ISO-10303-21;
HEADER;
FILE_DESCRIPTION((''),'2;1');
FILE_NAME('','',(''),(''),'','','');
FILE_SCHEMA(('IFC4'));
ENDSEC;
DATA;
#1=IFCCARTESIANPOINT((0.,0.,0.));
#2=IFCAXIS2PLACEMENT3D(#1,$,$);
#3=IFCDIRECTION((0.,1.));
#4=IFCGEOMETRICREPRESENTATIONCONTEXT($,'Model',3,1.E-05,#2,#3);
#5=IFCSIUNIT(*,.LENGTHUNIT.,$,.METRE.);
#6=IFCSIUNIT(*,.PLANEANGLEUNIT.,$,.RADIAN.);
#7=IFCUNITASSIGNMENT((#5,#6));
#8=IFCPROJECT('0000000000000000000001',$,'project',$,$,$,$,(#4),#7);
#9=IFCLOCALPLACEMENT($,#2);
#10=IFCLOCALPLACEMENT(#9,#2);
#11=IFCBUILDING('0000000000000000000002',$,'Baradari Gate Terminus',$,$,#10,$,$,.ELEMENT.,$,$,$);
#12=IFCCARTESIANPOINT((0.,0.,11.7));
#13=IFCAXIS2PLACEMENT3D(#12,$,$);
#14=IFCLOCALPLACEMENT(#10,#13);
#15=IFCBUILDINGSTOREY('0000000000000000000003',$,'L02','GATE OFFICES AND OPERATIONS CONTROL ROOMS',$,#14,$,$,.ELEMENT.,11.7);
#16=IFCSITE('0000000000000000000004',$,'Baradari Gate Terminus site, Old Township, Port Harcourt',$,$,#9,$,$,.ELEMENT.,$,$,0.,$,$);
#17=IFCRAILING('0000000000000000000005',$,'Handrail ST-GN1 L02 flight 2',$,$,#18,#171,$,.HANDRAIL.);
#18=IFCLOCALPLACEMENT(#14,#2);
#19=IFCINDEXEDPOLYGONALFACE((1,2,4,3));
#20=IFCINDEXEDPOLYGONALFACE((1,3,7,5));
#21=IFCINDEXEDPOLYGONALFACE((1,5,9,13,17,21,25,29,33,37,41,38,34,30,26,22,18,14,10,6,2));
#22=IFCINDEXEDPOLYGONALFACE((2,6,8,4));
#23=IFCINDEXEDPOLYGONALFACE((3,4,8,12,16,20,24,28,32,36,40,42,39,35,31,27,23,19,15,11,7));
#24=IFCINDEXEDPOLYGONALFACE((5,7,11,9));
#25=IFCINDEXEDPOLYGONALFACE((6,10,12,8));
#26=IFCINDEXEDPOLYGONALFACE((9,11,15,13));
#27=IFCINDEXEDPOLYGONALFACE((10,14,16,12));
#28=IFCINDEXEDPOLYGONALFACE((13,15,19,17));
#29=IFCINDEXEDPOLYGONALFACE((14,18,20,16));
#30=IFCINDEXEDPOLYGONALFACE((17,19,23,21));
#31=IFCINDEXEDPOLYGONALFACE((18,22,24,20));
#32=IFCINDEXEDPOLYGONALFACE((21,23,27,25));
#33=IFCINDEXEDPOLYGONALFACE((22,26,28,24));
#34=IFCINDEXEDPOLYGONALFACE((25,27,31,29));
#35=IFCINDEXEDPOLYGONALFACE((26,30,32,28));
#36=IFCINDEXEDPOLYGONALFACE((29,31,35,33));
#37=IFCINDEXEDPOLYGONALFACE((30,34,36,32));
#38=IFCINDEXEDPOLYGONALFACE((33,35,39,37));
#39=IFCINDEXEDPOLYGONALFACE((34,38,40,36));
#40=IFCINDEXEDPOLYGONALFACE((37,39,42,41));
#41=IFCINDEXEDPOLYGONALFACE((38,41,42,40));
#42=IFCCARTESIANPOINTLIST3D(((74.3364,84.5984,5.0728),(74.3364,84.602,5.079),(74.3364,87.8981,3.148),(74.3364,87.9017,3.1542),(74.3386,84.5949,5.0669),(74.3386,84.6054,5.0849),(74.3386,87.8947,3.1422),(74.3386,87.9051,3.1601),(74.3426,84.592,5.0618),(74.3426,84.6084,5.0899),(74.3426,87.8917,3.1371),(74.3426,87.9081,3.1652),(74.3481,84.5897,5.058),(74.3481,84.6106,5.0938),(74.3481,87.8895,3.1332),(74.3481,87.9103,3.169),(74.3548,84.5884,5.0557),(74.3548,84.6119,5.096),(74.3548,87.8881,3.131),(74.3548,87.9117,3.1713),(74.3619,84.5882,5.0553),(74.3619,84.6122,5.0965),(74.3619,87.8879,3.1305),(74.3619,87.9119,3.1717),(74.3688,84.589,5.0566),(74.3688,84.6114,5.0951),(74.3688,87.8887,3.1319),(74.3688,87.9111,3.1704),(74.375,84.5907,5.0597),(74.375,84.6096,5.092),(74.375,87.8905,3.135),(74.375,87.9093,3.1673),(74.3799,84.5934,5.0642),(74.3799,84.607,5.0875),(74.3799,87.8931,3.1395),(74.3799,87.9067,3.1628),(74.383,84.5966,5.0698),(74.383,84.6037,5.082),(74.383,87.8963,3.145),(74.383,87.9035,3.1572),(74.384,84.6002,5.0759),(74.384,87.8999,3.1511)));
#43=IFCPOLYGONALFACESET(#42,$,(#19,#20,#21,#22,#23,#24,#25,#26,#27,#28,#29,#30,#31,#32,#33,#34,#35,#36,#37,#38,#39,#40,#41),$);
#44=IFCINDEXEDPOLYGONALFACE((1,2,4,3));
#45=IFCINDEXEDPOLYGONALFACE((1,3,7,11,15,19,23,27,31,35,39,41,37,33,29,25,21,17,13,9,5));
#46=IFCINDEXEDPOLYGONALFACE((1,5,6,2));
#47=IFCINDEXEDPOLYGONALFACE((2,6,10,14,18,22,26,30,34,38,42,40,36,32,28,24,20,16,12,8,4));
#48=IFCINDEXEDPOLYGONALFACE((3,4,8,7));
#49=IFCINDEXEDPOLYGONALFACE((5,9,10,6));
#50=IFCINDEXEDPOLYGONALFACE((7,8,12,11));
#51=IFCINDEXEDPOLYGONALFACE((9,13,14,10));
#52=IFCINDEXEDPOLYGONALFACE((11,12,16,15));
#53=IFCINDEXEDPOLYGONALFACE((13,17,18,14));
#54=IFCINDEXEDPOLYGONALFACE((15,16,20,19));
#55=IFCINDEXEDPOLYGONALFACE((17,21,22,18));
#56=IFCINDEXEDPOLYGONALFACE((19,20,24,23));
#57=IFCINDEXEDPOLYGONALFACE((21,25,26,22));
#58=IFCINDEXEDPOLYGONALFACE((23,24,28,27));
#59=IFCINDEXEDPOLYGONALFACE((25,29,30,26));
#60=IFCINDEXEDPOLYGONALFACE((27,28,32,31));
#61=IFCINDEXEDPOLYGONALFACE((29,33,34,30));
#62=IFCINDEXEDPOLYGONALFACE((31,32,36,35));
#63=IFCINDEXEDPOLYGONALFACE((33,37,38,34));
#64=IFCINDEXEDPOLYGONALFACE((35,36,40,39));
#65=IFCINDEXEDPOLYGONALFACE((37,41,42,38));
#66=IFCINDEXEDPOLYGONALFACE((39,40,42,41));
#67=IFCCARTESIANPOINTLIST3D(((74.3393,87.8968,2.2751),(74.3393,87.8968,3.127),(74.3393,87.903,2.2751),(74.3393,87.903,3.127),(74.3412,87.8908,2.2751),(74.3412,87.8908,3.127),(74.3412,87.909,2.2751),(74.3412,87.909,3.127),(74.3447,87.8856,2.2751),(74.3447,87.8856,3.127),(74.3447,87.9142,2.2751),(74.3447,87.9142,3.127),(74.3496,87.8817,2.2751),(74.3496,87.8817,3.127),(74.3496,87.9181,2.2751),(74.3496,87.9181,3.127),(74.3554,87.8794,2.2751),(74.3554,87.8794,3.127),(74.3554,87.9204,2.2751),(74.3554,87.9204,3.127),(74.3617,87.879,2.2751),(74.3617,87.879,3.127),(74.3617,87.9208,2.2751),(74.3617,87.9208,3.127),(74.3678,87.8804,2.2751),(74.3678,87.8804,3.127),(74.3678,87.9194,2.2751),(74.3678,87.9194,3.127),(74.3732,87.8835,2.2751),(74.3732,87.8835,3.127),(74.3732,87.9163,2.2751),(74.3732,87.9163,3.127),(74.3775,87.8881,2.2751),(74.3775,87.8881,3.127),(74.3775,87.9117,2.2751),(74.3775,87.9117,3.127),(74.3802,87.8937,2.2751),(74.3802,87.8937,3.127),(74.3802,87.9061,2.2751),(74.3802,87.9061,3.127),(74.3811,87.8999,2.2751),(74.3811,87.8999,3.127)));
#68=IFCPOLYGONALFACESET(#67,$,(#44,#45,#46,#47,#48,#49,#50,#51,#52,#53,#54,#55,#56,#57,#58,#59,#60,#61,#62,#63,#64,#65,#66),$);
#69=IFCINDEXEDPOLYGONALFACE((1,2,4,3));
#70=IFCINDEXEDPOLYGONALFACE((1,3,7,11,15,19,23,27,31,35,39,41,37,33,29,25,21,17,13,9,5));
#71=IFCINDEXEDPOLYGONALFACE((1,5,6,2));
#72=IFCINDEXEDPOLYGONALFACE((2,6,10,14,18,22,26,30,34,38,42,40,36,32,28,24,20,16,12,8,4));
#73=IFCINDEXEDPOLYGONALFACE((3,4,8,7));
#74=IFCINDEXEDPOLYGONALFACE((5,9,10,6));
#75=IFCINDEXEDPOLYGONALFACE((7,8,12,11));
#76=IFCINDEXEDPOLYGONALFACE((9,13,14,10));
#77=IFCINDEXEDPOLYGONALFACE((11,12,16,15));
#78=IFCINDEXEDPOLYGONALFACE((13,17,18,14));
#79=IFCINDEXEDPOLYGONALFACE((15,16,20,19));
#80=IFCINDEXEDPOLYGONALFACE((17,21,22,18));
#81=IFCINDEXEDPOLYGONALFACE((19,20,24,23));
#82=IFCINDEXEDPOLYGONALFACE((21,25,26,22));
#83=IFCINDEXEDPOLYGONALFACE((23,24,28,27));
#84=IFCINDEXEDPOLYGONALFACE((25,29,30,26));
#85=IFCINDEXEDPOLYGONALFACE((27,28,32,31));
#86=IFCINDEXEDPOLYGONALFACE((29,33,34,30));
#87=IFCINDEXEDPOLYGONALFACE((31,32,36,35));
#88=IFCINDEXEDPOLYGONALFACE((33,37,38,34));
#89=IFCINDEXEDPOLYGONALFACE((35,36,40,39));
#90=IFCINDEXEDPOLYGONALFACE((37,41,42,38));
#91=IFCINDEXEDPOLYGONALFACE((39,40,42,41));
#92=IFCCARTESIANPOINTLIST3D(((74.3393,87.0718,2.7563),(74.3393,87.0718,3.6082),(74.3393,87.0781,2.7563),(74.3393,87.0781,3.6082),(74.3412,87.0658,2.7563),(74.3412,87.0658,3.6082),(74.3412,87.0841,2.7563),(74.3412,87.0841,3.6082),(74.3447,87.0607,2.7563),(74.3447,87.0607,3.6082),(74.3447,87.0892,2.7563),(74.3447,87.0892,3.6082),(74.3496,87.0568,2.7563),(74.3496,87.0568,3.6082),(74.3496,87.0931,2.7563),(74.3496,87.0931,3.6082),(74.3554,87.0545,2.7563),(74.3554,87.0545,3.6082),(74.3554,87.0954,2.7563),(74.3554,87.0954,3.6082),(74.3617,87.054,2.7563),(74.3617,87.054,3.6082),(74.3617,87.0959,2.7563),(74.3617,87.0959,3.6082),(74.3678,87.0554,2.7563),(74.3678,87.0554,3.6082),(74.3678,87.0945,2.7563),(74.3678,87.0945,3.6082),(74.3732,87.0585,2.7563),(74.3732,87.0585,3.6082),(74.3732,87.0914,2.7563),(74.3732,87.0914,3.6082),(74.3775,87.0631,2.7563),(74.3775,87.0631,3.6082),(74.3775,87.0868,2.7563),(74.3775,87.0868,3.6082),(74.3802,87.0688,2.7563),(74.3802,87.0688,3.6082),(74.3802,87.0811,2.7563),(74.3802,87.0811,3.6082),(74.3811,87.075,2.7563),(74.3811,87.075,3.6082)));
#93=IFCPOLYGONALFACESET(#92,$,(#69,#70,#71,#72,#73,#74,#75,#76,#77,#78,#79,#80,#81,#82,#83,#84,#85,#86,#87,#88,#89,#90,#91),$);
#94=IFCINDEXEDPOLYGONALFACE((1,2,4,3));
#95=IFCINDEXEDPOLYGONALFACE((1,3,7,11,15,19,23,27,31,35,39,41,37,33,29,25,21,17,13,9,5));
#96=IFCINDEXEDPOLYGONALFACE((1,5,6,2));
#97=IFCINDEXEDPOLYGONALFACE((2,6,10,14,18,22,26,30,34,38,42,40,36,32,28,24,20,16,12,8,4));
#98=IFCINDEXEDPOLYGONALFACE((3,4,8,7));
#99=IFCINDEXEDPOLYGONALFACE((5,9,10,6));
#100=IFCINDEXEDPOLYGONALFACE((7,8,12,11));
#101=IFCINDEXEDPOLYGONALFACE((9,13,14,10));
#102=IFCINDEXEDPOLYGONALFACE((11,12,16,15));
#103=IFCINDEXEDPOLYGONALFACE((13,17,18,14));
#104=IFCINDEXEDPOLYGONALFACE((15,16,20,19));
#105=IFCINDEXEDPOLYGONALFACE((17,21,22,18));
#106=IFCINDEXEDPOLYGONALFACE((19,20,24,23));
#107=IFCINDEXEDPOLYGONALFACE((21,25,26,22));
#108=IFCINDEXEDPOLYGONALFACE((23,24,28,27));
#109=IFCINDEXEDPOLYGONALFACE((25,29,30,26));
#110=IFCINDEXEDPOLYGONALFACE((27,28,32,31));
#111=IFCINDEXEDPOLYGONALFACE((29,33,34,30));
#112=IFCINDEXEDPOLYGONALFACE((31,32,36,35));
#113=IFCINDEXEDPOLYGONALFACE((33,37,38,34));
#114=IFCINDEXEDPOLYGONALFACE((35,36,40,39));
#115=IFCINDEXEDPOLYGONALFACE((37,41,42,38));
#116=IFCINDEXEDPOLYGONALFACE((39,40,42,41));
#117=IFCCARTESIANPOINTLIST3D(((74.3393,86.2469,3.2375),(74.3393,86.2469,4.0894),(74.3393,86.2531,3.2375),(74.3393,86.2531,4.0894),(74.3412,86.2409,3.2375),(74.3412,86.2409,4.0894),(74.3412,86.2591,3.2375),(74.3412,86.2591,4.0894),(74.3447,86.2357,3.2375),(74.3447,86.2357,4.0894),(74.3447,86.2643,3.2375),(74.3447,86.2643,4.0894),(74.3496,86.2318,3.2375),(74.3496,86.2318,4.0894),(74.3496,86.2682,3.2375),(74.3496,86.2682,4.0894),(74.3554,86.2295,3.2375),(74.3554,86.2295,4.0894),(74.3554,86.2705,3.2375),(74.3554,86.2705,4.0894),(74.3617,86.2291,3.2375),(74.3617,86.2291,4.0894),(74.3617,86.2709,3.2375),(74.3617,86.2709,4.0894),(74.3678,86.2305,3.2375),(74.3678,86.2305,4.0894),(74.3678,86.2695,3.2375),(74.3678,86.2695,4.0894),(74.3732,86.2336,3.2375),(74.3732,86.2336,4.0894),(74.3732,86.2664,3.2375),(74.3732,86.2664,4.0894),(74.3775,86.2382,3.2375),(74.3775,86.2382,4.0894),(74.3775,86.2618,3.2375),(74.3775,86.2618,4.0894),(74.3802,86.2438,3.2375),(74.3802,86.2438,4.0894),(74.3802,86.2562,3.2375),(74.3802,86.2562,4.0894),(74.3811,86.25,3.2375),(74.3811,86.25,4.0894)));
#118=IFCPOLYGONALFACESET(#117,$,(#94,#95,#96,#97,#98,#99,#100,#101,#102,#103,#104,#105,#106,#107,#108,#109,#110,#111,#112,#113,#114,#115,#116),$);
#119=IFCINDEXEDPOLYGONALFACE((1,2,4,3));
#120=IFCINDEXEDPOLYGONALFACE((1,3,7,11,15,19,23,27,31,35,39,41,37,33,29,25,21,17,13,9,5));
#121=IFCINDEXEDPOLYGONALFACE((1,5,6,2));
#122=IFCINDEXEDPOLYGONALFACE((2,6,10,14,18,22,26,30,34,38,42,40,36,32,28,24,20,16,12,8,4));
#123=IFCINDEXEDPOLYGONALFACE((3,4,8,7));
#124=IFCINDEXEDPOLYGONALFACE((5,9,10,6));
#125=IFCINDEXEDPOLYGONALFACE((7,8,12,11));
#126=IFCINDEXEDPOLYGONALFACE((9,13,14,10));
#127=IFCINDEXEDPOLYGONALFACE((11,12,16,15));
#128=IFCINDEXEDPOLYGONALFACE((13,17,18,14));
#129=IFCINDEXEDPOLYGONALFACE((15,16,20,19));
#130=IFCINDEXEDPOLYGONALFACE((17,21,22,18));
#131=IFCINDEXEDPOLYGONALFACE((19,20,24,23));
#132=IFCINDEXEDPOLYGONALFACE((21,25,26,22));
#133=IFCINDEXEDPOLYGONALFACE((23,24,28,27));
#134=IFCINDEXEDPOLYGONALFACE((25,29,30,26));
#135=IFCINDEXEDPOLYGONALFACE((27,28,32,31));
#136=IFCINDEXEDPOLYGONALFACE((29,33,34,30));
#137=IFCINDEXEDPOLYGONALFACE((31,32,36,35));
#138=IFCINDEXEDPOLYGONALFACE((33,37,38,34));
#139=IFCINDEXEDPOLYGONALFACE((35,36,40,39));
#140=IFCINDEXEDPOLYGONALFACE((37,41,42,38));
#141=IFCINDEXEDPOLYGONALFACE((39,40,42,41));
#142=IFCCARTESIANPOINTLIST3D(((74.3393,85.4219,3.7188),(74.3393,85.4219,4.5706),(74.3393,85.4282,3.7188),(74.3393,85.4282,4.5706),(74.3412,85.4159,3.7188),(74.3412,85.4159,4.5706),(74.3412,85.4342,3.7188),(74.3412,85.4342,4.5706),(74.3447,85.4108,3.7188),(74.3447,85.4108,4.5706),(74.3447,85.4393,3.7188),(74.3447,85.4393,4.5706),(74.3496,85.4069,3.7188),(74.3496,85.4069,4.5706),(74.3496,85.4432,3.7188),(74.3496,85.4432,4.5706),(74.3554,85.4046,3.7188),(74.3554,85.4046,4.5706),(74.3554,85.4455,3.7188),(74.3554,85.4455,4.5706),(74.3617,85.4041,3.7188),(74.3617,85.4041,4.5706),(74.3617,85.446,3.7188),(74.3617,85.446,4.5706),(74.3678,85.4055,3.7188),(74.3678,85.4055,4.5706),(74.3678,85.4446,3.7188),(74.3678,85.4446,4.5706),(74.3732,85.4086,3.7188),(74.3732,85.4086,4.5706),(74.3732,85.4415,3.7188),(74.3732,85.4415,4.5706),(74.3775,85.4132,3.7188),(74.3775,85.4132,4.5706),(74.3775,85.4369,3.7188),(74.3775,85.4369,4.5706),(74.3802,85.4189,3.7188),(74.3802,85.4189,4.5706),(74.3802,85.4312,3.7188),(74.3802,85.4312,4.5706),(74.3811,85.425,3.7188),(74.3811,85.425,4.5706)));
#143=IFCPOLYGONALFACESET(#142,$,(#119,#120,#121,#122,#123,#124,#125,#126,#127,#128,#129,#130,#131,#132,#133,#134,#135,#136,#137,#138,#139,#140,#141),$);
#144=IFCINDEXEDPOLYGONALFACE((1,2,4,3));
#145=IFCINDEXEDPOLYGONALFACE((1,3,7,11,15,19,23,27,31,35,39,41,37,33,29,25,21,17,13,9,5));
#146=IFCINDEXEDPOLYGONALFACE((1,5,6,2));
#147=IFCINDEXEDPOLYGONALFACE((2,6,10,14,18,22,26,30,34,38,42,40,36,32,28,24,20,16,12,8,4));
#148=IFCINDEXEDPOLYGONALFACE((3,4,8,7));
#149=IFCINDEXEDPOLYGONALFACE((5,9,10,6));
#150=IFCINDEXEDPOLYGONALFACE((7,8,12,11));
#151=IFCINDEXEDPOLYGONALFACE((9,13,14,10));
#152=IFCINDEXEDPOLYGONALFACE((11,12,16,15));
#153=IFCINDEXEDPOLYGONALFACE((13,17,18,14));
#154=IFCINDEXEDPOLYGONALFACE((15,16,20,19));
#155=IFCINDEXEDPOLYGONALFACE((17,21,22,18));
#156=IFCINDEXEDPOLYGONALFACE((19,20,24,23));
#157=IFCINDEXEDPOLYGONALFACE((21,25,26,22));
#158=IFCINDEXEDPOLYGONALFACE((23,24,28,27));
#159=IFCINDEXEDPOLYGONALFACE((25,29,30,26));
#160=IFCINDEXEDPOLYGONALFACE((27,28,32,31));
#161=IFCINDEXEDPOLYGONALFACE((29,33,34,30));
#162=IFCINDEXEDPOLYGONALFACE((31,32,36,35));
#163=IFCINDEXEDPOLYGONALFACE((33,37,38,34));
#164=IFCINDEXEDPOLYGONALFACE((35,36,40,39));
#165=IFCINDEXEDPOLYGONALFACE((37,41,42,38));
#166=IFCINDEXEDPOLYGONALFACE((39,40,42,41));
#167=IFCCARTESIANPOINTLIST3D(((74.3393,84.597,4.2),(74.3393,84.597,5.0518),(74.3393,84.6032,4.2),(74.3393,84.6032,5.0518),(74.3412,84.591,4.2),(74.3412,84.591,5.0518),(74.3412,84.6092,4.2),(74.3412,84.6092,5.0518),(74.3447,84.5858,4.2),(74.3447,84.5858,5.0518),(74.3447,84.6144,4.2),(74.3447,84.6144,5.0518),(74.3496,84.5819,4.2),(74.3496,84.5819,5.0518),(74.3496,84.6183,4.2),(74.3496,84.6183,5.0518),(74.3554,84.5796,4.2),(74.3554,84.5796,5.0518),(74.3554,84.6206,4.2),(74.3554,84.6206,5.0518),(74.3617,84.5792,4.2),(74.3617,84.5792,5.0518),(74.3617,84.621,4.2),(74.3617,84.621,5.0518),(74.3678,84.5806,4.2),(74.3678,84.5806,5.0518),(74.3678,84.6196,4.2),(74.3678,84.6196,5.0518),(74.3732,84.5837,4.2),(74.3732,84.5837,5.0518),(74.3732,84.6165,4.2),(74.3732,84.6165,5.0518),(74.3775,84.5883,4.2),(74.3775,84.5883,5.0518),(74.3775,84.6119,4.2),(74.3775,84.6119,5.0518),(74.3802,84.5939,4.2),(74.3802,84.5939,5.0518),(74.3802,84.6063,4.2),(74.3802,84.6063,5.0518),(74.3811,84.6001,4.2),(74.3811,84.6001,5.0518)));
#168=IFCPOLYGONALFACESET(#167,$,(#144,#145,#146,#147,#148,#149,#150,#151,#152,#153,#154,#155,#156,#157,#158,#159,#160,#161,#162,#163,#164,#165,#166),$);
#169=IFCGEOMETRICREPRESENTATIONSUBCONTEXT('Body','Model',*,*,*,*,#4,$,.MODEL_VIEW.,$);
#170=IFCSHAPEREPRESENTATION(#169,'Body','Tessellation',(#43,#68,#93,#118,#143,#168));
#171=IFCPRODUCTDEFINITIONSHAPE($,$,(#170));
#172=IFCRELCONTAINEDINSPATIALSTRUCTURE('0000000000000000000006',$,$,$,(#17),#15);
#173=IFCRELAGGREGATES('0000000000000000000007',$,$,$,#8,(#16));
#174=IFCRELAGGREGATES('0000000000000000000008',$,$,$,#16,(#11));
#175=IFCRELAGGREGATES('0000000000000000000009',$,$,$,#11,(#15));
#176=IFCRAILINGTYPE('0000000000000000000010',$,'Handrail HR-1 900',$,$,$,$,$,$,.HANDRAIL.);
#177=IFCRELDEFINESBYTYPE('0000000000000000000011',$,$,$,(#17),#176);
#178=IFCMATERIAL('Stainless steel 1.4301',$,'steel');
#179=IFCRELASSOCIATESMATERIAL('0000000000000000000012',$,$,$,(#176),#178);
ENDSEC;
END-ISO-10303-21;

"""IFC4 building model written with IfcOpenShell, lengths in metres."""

from ifc_helpers import new_model, si_unit, direction, frame, origin, origin_2d, place, context, subcontext, project, spatial, circle, extrude, material, type_object, element, save


model = new_model("IFC4")

# Units and contexts
model_context = context("Model", 3, precision=1e-05, world=origin(), true_north=direction((0.0, 1.0)))
body_context = subcontext(model_context, "Body", "Model", "MODEL_VIEW")
ifc_project = project(units=[si_unit("LENGTHUNIT", "METRE"), si_unit("PLANEANGLEUNIT", "RADIAN")], contexts=[model_context])

# Site, building, storey
site_placement = place(None, origin())
site = spatial("IfcSite", under=ifc_project, at=site_placement, Name="Baradari Gate Terminus site, Old Township, Port Harcourt", CompositionType="ELEMENT", RefElevation=0.0)
building_placement = place(site_placement, origin())
building = spatial("IfcBuilding", under=site, at=building_placement, Name="Baradari Gate Terminus", CompositionType="ELEMENT")
storey_placement = place(building_placement, frame((0.0, 0.0, 11.7)))
storey = spatial("IfcBuildingStorey", under=building, at=storey_placement, Name="L02", Description="GATE OFFICES AND OPERATIONS CONTROL ROOMS", CompositionType="ELEMENT", Elevation=11.7)

# Railing
ifc_material_1 = material(Name="Stainless steel 1.4301", Category="steel")
railing_type = type_object("IfcRailingType", Name="Handrail HR-1 900", PredefinedType="HANDRAIL", material=ifc_material_1)
for number, where, name in (
    (1, (74.3601, 87.8999, 2.2751), "Handrail ST-GN1 L02 flight 2"),
):
    element("IfcRailing", number, at=place(storey_placement, frame(where)), inside=storey, type_object=railing_type, Name=name, PredefinedType="HANDRAIL", context=body_context, shape_type="SweptSolid", body=[
        extrude(circle(Radius=0.0239, at=origin_2d()), frame((0.0, 0.0, 0.876), z_axis=(0.0, -0.863788, 0.503855), x_axis=(1.0, 0.0, 0.0)), (0.0, 0.0, 1.0), 3.8201),
        extrude(circle(Radius=0.021, at=origin_2d()), origin(), (0.0, 0.0, 1.0), 0.8518),
        extrude(circle(Radius=0.021, at=origin_2d()), frame((0.0, -0.825, 0.4812)), (0.0, 0.0, 1.0), 0.8518),
        extrude(circle(Radius=0.021, at=origin_2d()), frame((0.0, -1.6499, 0.9624)), (0.0, 0.0, 1.0), 0.8518),
        extrude(circle(Radius=0.021, at=origin_2d()), frame((0.0, -2.4749, 1.4436)), (0.0, 0.0, 1.0), 0.8518),
        extrude(circle(Radius=0.021, at=origin_2d()), frame((0.0, -3.2998, 1.9248)), (0.0, 0.0, 1.0), 0.8518),
    ])

save(model, "model.ifc")
